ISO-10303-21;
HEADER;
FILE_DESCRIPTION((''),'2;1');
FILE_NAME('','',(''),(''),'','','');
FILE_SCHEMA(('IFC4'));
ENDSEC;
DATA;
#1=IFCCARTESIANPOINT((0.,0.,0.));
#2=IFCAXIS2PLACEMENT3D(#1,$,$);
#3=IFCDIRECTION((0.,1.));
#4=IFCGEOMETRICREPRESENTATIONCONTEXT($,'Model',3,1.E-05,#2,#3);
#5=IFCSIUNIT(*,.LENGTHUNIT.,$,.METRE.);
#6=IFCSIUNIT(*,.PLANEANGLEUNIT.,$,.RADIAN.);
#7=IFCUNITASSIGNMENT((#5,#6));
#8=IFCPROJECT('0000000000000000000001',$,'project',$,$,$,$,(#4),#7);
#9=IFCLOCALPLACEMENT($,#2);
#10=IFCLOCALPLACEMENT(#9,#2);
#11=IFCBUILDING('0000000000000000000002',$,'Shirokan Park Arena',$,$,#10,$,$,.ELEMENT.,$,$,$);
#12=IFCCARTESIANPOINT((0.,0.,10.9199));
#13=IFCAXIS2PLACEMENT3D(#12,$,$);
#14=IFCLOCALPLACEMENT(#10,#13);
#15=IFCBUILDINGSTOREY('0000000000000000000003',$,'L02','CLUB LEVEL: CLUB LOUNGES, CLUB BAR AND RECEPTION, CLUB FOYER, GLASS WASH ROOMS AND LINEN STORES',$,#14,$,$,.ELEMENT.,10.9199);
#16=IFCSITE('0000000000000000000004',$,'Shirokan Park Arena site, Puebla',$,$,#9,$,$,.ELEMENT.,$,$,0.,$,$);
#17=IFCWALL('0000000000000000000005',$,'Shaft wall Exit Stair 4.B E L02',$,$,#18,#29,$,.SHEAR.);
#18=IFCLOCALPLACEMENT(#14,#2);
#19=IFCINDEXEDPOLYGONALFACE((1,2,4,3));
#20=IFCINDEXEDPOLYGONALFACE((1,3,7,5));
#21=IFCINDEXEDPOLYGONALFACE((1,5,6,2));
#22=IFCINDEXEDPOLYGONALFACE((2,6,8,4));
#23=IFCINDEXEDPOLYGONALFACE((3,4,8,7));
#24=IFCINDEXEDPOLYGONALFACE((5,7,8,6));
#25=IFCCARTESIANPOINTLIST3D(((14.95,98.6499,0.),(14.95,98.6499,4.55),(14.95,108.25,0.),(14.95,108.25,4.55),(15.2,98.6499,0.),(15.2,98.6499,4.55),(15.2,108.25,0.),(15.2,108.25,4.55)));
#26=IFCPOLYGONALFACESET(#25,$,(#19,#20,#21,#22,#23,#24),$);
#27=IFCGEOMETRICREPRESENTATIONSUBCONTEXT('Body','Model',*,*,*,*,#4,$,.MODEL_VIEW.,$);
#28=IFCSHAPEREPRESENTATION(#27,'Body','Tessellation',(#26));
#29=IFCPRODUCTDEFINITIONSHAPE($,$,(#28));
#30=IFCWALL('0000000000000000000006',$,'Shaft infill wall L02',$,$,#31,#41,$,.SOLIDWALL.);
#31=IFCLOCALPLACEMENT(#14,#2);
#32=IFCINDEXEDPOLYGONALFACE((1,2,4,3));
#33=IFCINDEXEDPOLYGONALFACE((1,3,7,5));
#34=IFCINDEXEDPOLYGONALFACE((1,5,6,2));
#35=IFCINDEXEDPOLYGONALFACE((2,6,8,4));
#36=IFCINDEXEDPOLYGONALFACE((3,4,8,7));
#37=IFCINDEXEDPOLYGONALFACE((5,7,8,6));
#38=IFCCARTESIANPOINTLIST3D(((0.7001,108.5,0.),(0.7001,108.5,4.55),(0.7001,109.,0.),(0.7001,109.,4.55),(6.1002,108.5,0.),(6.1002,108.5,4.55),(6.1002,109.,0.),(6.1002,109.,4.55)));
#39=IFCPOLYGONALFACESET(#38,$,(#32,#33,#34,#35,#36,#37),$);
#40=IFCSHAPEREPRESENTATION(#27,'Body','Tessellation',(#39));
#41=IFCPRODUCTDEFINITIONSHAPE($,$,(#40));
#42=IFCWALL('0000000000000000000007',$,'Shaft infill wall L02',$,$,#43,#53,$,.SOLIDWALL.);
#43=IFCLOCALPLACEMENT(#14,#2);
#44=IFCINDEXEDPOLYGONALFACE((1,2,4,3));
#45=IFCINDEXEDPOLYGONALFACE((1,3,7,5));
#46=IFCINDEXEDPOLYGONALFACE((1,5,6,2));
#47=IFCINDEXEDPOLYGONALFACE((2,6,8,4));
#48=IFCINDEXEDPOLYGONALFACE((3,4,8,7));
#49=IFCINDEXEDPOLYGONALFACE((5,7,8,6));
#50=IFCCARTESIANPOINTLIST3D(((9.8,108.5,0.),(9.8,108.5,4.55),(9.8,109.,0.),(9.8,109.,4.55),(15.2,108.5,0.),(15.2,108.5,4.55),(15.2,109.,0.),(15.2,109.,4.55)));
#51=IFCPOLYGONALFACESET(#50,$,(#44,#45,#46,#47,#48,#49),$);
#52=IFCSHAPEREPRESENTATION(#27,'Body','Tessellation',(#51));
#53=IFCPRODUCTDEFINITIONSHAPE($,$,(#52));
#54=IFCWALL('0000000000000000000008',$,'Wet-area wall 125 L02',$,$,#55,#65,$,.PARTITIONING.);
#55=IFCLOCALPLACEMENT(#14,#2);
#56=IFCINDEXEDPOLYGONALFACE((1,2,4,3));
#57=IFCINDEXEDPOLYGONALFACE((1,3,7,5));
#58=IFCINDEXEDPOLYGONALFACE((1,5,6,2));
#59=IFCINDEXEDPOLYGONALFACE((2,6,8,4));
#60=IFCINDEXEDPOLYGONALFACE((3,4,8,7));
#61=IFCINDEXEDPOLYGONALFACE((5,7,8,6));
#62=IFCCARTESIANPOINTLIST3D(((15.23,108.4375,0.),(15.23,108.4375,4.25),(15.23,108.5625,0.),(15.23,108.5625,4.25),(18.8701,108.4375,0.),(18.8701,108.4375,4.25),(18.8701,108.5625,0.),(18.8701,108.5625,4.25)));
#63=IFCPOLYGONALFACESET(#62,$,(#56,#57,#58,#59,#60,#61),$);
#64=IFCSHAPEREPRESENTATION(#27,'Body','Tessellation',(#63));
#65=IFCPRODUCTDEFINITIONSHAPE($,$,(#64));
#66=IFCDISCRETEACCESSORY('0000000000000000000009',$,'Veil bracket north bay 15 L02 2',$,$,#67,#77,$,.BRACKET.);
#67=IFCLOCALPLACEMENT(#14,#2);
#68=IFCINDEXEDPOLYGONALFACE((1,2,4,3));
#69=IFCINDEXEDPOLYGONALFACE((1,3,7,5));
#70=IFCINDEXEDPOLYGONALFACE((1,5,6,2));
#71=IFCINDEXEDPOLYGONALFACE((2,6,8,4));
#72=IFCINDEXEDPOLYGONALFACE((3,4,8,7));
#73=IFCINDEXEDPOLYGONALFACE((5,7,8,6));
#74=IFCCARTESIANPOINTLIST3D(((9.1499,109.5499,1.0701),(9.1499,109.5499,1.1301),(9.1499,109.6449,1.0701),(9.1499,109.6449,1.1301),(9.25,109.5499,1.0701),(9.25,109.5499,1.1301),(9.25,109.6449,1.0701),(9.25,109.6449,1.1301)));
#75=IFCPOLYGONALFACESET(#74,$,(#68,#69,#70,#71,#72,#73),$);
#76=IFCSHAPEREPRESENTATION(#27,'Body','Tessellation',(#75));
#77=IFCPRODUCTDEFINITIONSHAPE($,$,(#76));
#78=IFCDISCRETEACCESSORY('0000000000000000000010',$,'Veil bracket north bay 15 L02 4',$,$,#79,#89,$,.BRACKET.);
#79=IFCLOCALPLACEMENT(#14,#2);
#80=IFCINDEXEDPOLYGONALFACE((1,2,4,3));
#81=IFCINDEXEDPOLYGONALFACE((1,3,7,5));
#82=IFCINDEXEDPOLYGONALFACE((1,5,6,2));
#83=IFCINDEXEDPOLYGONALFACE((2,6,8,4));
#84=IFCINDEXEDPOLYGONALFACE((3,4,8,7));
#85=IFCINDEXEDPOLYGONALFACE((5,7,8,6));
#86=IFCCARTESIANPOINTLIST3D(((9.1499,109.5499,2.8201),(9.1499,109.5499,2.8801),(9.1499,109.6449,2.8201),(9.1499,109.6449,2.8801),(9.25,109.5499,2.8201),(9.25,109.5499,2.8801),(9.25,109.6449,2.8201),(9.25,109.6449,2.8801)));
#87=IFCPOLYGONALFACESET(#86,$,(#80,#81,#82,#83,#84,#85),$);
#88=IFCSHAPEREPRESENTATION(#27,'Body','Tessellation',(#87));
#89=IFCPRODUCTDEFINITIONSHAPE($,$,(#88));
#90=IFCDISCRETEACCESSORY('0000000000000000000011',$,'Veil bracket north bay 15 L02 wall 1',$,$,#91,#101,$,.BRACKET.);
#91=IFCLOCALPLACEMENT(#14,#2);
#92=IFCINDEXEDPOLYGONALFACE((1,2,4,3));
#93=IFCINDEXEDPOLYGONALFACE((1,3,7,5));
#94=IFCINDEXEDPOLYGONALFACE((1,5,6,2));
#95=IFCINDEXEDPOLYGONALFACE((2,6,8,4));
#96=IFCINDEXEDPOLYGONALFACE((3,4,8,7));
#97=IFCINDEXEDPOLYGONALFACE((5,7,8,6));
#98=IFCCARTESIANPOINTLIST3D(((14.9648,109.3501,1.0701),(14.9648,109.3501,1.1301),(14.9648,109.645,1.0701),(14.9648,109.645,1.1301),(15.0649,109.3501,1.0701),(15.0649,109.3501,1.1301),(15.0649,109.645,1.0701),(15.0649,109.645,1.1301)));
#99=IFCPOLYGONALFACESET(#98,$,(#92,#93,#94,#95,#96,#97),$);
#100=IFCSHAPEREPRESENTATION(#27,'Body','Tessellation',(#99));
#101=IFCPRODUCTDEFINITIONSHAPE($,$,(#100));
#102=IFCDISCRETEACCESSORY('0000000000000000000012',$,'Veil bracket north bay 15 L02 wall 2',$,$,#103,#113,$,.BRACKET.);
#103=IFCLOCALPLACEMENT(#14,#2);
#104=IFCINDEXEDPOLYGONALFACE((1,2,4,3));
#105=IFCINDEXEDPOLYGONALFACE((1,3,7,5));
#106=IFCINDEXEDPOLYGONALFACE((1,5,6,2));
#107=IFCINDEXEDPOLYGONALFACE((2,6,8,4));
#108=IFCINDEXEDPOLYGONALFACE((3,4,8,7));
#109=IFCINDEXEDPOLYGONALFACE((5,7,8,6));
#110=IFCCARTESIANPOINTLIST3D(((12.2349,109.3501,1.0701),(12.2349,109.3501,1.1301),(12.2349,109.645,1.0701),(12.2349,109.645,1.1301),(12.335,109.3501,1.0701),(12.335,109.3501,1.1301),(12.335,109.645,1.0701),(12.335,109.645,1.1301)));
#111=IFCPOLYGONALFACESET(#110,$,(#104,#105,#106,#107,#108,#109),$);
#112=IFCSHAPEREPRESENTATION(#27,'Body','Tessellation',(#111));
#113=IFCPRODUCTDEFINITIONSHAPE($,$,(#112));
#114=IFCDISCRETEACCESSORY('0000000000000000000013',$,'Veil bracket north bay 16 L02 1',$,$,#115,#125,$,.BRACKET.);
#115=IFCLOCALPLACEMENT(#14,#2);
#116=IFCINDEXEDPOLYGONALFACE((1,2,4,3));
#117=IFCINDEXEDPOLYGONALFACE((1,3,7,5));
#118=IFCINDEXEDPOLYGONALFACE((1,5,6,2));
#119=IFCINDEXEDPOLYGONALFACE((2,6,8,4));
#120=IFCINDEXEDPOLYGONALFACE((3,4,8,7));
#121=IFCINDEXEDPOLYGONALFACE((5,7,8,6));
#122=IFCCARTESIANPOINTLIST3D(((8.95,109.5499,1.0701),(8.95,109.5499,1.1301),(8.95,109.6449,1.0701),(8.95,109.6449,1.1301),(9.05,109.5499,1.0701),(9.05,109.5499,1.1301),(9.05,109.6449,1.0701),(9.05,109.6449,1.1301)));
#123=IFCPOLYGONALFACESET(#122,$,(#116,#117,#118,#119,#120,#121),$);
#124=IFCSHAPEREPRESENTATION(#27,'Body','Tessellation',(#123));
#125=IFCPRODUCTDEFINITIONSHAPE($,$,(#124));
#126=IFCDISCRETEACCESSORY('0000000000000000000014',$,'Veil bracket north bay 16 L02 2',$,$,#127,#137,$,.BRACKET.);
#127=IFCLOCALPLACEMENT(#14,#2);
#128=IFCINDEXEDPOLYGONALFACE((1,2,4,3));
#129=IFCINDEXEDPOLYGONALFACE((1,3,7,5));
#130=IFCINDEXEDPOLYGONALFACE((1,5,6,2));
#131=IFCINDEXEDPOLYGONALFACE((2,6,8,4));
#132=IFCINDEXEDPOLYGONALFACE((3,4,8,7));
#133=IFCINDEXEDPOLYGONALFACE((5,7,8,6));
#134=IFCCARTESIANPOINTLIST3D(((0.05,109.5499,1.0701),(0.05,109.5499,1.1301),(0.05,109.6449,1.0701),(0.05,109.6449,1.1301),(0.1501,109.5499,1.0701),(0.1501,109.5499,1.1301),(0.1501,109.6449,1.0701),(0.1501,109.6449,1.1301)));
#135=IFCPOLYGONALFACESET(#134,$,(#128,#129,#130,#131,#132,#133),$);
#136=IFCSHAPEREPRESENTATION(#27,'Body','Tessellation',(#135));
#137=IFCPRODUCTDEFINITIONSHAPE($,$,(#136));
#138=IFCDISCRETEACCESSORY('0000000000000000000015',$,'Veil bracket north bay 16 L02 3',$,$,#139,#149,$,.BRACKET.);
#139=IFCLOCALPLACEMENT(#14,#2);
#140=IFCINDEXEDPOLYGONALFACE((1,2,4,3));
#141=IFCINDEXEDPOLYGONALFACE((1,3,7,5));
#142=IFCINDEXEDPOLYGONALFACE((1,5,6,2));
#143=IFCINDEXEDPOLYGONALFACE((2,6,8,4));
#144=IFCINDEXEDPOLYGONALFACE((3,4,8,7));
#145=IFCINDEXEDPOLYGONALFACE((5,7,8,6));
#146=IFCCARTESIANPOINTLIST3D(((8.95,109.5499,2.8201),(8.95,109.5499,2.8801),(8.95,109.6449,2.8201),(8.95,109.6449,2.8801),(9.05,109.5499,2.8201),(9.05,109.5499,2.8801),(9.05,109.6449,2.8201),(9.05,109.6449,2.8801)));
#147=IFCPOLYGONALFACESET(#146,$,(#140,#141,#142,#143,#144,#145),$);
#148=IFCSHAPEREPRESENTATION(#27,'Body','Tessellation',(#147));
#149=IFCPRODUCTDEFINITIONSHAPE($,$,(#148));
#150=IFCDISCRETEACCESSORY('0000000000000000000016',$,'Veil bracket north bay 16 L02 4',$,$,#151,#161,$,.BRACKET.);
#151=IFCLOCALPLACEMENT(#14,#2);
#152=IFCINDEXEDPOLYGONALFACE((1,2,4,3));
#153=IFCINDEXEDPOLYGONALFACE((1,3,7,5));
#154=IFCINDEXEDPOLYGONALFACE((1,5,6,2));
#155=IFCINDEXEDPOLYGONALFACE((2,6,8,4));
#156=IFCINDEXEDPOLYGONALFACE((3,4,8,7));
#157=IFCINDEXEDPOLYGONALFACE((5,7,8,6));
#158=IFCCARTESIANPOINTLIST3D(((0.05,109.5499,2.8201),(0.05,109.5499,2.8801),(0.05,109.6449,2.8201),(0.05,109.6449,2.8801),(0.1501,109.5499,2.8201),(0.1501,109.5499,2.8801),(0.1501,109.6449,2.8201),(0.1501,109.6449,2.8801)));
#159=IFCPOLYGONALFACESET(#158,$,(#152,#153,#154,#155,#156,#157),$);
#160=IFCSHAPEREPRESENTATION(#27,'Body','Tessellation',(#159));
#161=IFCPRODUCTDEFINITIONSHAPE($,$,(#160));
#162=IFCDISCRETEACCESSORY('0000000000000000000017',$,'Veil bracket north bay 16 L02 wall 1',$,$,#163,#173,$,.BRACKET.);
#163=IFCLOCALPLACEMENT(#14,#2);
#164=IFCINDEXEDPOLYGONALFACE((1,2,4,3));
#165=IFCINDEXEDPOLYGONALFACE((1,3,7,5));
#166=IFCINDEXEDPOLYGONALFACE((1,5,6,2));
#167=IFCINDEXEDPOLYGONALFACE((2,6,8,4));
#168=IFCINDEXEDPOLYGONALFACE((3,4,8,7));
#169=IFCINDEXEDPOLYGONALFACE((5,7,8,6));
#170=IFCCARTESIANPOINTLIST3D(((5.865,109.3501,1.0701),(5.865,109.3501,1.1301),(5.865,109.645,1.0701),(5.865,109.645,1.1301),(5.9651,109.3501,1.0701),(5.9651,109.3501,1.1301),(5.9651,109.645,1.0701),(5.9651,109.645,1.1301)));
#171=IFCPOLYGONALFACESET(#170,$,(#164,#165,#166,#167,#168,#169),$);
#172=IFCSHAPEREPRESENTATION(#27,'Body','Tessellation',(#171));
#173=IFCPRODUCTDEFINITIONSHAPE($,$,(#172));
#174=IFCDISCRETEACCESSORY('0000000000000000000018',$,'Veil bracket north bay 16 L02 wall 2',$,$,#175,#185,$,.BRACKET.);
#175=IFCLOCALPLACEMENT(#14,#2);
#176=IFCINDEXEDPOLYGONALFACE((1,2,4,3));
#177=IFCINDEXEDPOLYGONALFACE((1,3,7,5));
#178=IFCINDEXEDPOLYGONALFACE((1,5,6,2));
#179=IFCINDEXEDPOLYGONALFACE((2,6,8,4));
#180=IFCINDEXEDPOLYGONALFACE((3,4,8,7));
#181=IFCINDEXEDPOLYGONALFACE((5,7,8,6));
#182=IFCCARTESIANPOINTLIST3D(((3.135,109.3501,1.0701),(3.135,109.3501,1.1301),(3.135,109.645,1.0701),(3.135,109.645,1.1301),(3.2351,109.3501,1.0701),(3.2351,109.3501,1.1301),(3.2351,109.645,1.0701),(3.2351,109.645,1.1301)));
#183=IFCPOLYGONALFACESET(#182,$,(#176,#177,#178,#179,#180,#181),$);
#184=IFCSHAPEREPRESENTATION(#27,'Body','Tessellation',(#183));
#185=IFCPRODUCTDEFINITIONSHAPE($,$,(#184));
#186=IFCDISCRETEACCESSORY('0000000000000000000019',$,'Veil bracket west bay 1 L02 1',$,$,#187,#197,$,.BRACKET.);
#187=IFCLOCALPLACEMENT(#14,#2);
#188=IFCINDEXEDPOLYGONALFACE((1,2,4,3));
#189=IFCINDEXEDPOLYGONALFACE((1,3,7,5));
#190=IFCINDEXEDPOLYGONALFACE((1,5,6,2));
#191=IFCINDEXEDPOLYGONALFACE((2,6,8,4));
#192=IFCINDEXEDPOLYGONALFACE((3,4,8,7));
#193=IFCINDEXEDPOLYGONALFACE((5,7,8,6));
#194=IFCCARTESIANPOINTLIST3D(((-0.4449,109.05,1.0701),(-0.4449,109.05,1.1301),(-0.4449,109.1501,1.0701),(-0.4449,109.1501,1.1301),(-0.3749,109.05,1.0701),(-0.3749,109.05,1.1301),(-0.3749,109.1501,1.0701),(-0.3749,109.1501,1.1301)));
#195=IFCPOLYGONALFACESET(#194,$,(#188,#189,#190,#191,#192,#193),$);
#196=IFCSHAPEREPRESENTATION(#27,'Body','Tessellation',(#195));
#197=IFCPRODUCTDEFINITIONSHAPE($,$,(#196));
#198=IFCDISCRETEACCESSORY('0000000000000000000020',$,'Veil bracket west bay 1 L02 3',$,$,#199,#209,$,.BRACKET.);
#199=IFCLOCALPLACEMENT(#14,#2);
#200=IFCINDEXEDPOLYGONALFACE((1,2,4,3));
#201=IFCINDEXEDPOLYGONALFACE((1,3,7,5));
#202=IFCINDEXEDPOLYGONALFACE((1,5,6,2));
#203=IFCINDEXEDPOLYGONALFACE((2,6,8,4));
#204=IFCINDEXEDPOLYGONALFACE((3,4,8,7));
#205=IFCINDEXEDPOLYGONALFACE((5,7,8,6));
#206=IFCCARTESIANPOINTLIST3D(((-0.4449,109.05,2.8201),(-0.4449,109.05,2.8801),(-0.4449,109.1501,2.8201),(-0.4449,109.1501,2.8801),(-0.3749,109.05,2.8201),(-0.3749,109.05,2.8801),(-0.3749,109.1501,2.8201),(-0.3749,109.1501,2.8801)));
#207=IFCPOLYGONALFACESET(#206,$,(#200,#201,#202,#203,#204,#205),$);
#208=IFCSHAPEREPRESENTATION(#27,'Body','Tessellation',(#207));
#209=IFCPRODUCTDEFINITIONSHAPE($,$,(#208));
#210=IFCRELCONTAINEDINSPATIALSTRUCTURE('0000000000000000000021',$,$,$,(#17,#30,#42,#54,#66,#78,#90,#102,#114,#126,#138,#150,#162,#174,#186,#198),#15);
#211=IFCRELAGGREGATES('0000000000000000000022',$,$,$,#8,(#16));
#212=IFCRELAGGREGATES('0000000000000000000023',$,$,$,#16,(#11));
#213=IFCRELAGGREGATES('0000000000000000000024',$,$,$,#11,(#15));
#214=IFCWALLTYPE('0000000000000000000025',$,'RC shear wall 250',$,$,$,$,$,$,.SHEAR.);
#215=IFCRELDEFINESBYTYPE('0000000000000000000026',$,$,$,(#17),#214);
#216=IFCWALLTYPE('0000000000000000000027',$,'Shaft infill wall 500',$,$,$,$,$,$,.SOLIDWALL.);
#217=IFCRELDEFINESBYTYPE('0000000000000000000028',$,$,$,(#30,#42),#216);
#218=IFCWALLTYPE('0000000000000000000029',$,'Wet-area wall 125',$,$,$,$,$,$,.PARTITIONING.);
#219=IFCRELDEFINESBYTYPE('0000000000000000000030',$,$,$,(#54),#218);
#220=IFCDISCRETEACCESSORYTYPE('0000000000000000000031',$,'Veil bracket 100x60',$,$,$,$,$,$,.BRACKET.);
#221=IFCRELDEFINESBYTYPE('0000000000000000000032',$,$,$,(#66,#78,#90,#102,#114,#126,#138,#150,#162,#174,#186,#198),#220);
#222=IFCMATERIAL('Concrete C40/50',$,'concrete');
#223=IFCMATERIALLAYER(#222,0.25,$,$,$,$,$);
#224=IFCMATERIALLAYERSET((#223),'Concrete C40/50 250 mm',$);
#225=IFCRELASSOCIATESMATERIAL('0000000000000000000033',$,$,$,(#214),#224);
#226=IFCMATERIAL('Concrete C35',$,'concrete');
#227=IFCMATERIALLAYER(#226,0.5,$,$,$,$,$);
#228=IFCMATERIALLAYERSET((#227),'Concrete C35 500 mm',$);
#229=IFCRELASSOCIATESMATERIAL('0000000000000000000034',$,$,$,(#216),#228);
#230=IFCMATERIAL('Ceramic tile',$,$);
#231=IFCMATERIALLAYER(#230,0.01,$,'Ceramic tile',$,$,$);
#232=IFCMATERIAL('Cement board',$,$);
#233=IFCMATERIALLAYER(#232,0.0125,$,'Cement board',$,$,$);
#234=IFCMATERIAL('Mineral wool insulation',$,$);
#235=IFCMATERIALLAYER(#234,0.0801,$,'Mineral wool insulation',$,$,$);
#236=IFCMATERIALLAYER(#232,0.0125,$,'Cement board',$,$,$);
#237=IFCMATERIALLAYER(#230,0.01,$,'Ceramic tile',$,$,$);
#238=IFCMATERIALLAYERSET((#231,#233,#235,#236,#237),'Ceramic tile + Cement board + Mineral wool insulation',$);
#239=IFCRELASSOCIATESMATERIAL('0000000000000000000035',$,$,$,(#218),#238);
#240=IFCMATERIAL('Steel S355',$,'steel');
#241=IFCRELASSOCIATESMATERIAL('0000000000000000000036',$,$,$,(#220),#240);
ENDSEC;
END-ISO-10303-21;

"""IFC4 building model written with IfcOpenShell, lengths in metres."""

from ifc_helpers import new_model, si_unit, direction, frame, frame_2d, origin, origin_2d, place, context, subcontext, project, spatial, rectangle, extrude, material, layer, layer_set, type_object, element, save


model = new_model("IFC4")

# Units and contexts
model_context = context("Model", 3, precision=1e-05, world=origin(), true_north=direction((0.0, 1.0)))
body_context = subcontext(model_context, "Body", "Model", "MODEL_VIEW")
ifc_project = project(units=[si_unit("LENGTHUNIT", "METRE"), si_unit("PLANEANGLEUNIT", "RADIAN")], contexts=[model_context])

# Site, building, storey
site_placement = place(None, origin())
site = spatial("IfcSite", under=ifc_project, at=site_placement, Name="Shirokan Park Arena site, Puebla", CompositionType="ELEMENT", RefElevation=0.0)
building_placement = place(site_placement, origin())
building = spatial("IfcBuilding", under=site, at=building_placement, Name="Shirokan Park Arena", CompositionType="ELEMENT")
storey_placement = place(building_placement, frame((0.0, 0.0, 10.9199)))
storey = spatial("IfcBuildingStorey", under=building, at=storey_placement, Name="L02", Description="CLUB LEVEL: CLUB LOUNGES, CLUB BAR AND RECEPTION, CLUB FOYER, GLASS WASH ROOMS AND LINEN STORES", CompositionType="ELEMENT", Elevation=10.9199)

# Shared definitions
ifc_material_1 = material(Name="Concrete C35", Category="concrete")

# Walls
ifc_material_2 = material(Name="Mineral wool insulation")
ifc_material_3 = material(Name="Concrete C40/50", Category="concrete")
ifc_layer_1 = layer(ifc_material_3, 0.25)
ifc_layer_set_1 = layer_set([ifc_layer_1], Name="Concrete C40/50 250 mm")
wall_type_1 = type_object("IfcWallType", Name="RC shear wall 250", PredefinedType="SHEAR", material=ifc_layer_set_1)
for number, where, z_axis, x_axis, name in (
    (1, (15.075, 108.25, 0.0), (0.0, 0.0, 1.0), (0.0, -1.0, 0.0), "Shaft wall Exit Stair 4.B E L02"),
):
    element("IfcWall", number, at=place(storey_placement, frame(where, z_axis=z_axis, x_axis=x_axis)), inside=storey, type_object=wall_type_1, Name=name, PredefinedType="SHEAR", context=body_context, shape_type="SweptSolid", body=[
        extrude(rectangle(XDim=9.6001, YDim=0.25, at=frame_2d((4.8, 0.0))), origin(), (0.0, 0.0, 1.0), 4.55),
    ])
ifc_layer_2 = layer(ifc_material_1, 0.5)
ifc_layer_set_2 = layer_set([ifc_layer_2], Name="Concrete C35 500 mm")
wall_type_2 = type_object("IfcWallType", Name="Shaft infill wall 500", PredefinedType="SOLIDWALL", material=ifc_layer_set_2)
wall_1_placement = place(storey_placement, frame((0.7, 108.75, 0.0), z_axis=(0.0, 0.0, 1.0), x_axis=(1.0, 0.0, 0.0)))
element("IfcWall", 2, at=wall_1_placement, inside=storey, type_object=wall_type_2, Name="Shaft infill wall L02", PredefinedType="SOLIDWALL", context=body_context, shape_type="SweptSolid", body=[
    extrude(rectangle(XDim=5.4001, YDim=0.5, at=frame_2d((2.7002, 0.0))), origin(), (0.0, 0.0, 1.0), 4.55),
])
wall_2_placement = place(storey_placement, frame((9.8, 108.75, 0.0), z_axis=(0.0, 0.0, 1.0), x_axis=(1.0, 0.0, 0.0)))
element("IfcWall", 3, at=wall_2_placement, inside=storey, type_object=wall_type_2, Name="Shaft infill wall L02", PredefinedType="SOLIDWALL", context=body_context, shape_type="SweptSolid", body=[
    extrude(rectangle(XDim=5.3999, YDim=0.5, at=frame_2d((2.7, 0.0))), origin(), (0.0, 0.0, 1.0), 4.55),
])
ifc_material_4 = material(Name="Ceramic tile")
ifc_layer_3 = layer(ifc_material_4, 0.01, Name="Ceramic tile")
ifc_material_5 = material(Name="Cement board")
ifc_layer_4 = layer(ifc_material_5, 0.0125, Name="Cement board")
ifc_layer_5 = layer(ifc_material_2, 0.0801, Name="Mineral wool insulation")
ifc_layer_6 = layer(ifc_material_5, 0.0125, Name="Cement board")
ifc_layer_7 = layer(ifc_material_4, 0.01, Name="Ceramic tile")
ifc_layer_set_3 = layer_set([ifc_layer_3, ifc_layer_4, ifc_layer_5, ifc_layer_6, ifc_layer_7], Name="Ceramic tile + Cement board + Mineral wool insulation")
wall_type_3 = type_object("IfcWallType", Name="Wet-area wall 125", PredefinedType="PARTITIONING", material=ifc_layer_set_3)
wall_3_placement = place(storey_placement, frame((15.23, 108.5, 0.0), z_axis=(0.0, 0.0, 1.0), x_axis=(1.0, 0.0, 0.0)))
element("IfcWall", 4, at=wall_3_placement, inside=storey, type_object=wall_type_3, Name="Wet-area wall 125 L02", PredefinedType="PARTITIONING", context=body_context, shape_type="SweptSolid", body=[
    extrude(rectangle(XDim=3.6401, YDim=0.125, at=frame_2d((1.8201, 0.0))), origin(), (0.0, 0.0, 1.0), 4.25),
])

# Discrete accessories
ifc_material_6 = material(Name="Steel S355", Category="steel")
discrete_accessory_type = type_object("IfcDiscreteAccessoryType", Name="Veil bracket 100x60", PredefinedType="BRACKET", material=ifc_material_6)
for number, where, z_axis, x_axis, name in (
    (5, (9.2, 109.5974, 1.0701), (0.0, 0.0, 1.0), (-1.0, 0.0, 0.0), "Veil bracket north bay 15 L02 2"),
    (6, (9.2, 109.5974, 2.8201), (0.0, 0.0, 1.0), (-1.0, 0.0, 0.0), "Veil bracket north bay 15 L02 4"),
):
    element("IfcDiscreteAccessory", number, at=place(storey_placement, frame(where, z_axis=z_axis, x_axis=x_axis)), inside=storey, type_object=discrete_accessory_type, Name=name, PredefinedType="BRACKET", context=body_context, shape_type="SweptSolid", body=[
        extrude(rectangle(XDim=0.1001, YDim=0.095, at=origin_2d()), origin(), (0.0, 0.0, 1.0), 0.0601),
    ])
for number, where, z_axis, x_axis, name in (
    (7, (15.0149, 109.4976, 1.0701), (0.0, 0.0, 1.0), (-1.0, 0.0, 0.0), "Veil bracket north bay 15 L02 wall 1"),
    (8, (12.2849, 109.4976, 1.0701), (0.0, 0.0, 1.0), (-1.0, 0.0, 0.0), "Veil bracket north bay 15 L02 wall 2"),
):
    element("IfcDiscreteAccessory", number, at=place(storey_placement, frame(where, z_axis=z_axis, x_axis=x_axis)), inside=storey, type_object=discrete_accessory_type, Name=name, PredefinedType="BRACKET", context=body_context, shape_type="SweptSolid", body=[
        extrude(rectangle(XDim=0.1001, YDim=0.2949, at=origin_2d()), origin(), (0.0, 0.0, 1.0), 0.0601),
    ])
for number, where, z_axis, x_axis, name in (
    (9, (9.0, 109.5974, 1.0701), (0.0, 0.0, 1.0), (-1.0, 0.0, 0.0), "Veil bracket north bay 16 L02 1"),
    (10, (0.1001, 109.5974, 1.0701), (0.0, 0.0, 1.0), (-1.0, 0.0, 0.0), "Veil bracket north bay 16 L02 2"),
    (11, (9.0, 109.5974, 2.8201), (0.0, 0.0, 1.0), (-1.0, 0.0, 0.0), "Veil bracket north bay 16 L02 3"),
    (12, (0.1001, 109.5974, 2.8201), (0.0, 0.0, 1.0), (-1.0, 0.0, 0.0), "Veil bracket north bay 16 L02 4"),
):
    element("IfcDiscreteAccessory", number, at=place(storey_placement, frame(where, z_axis=z_axis, x_axis=x_axis)), inside=storey, type_object=discrete_accessory_type, Name=name, PredefinedType="BRACKET", context=body_context, shape_type="SweptSolid", body=[
        extrude(rectangle(XDim=0.1001, YDim=0.095, at=origin_2d()), origin(), (0.0, 0.0, 1.0), 0.0601),
    ])
for number, where, z_axis, x_axis, name in (
    (13, (5.915, 109.4976, 1.0701), (0.0, 0.0, 1.0), (-1.0, 0.0, 0.0), "Veil bracket north bay 16 L02 wall 1"),
    (14, (3.1851, 109.4976, 1.0701), (0.0, 0.0, 1.0), (-1.0, 0.0, 0.0), "Veil bracket north bay 16 L02 wall 2"),
):
    element("IfcDiscreteAccessory", number, at=place(storey_placement, frame(where, z_axis=z_axis, x_axis=x_axis)), inside=storey, type_object=discrete_accessory_type, Name=name, PredefinedType="BRACKET", context=body_context, shape_type="SweptSolid", body=[
        extrude(rectangle(XDim=0.1001, YDim=0.2949, at=origin_2d()), origin(), (0.0, 0.0, 1.0), 0.0601),
    ])
for number, where, z_axis, x_axis, name in (
    (15, (-0.4099, 109.1001, 1.0701), (0.0, 0.0, 1.0), (0.0, -1.0, 0.0), "Veil bracket west bay 1 L02 1"),
    (16, (-0.4099, 109.1001, 2.8201), (0.0, 0.0, 1.0), (0.0, -1.0, 0.0), "Veil bracket west bay 1 L02 3"),
):
    element("IfcDiscreteAccessory", number, at=place(storey_placement, frame(where, z_axis=z_axis, x_axis=x_axis)), inside=storey, type_object=discrete_accessory_type, Name=name, PredefinedType="BRACKET", context=body_context, shape_type="SweptSolid", body=[
        extrude(rectangle(XDim=0.1001, YDim=0.0701, at=origin_2d()), origin(), (0.0, 0.0, 1.0), 0.0601),
    ])

save(model, "model.ifc")
